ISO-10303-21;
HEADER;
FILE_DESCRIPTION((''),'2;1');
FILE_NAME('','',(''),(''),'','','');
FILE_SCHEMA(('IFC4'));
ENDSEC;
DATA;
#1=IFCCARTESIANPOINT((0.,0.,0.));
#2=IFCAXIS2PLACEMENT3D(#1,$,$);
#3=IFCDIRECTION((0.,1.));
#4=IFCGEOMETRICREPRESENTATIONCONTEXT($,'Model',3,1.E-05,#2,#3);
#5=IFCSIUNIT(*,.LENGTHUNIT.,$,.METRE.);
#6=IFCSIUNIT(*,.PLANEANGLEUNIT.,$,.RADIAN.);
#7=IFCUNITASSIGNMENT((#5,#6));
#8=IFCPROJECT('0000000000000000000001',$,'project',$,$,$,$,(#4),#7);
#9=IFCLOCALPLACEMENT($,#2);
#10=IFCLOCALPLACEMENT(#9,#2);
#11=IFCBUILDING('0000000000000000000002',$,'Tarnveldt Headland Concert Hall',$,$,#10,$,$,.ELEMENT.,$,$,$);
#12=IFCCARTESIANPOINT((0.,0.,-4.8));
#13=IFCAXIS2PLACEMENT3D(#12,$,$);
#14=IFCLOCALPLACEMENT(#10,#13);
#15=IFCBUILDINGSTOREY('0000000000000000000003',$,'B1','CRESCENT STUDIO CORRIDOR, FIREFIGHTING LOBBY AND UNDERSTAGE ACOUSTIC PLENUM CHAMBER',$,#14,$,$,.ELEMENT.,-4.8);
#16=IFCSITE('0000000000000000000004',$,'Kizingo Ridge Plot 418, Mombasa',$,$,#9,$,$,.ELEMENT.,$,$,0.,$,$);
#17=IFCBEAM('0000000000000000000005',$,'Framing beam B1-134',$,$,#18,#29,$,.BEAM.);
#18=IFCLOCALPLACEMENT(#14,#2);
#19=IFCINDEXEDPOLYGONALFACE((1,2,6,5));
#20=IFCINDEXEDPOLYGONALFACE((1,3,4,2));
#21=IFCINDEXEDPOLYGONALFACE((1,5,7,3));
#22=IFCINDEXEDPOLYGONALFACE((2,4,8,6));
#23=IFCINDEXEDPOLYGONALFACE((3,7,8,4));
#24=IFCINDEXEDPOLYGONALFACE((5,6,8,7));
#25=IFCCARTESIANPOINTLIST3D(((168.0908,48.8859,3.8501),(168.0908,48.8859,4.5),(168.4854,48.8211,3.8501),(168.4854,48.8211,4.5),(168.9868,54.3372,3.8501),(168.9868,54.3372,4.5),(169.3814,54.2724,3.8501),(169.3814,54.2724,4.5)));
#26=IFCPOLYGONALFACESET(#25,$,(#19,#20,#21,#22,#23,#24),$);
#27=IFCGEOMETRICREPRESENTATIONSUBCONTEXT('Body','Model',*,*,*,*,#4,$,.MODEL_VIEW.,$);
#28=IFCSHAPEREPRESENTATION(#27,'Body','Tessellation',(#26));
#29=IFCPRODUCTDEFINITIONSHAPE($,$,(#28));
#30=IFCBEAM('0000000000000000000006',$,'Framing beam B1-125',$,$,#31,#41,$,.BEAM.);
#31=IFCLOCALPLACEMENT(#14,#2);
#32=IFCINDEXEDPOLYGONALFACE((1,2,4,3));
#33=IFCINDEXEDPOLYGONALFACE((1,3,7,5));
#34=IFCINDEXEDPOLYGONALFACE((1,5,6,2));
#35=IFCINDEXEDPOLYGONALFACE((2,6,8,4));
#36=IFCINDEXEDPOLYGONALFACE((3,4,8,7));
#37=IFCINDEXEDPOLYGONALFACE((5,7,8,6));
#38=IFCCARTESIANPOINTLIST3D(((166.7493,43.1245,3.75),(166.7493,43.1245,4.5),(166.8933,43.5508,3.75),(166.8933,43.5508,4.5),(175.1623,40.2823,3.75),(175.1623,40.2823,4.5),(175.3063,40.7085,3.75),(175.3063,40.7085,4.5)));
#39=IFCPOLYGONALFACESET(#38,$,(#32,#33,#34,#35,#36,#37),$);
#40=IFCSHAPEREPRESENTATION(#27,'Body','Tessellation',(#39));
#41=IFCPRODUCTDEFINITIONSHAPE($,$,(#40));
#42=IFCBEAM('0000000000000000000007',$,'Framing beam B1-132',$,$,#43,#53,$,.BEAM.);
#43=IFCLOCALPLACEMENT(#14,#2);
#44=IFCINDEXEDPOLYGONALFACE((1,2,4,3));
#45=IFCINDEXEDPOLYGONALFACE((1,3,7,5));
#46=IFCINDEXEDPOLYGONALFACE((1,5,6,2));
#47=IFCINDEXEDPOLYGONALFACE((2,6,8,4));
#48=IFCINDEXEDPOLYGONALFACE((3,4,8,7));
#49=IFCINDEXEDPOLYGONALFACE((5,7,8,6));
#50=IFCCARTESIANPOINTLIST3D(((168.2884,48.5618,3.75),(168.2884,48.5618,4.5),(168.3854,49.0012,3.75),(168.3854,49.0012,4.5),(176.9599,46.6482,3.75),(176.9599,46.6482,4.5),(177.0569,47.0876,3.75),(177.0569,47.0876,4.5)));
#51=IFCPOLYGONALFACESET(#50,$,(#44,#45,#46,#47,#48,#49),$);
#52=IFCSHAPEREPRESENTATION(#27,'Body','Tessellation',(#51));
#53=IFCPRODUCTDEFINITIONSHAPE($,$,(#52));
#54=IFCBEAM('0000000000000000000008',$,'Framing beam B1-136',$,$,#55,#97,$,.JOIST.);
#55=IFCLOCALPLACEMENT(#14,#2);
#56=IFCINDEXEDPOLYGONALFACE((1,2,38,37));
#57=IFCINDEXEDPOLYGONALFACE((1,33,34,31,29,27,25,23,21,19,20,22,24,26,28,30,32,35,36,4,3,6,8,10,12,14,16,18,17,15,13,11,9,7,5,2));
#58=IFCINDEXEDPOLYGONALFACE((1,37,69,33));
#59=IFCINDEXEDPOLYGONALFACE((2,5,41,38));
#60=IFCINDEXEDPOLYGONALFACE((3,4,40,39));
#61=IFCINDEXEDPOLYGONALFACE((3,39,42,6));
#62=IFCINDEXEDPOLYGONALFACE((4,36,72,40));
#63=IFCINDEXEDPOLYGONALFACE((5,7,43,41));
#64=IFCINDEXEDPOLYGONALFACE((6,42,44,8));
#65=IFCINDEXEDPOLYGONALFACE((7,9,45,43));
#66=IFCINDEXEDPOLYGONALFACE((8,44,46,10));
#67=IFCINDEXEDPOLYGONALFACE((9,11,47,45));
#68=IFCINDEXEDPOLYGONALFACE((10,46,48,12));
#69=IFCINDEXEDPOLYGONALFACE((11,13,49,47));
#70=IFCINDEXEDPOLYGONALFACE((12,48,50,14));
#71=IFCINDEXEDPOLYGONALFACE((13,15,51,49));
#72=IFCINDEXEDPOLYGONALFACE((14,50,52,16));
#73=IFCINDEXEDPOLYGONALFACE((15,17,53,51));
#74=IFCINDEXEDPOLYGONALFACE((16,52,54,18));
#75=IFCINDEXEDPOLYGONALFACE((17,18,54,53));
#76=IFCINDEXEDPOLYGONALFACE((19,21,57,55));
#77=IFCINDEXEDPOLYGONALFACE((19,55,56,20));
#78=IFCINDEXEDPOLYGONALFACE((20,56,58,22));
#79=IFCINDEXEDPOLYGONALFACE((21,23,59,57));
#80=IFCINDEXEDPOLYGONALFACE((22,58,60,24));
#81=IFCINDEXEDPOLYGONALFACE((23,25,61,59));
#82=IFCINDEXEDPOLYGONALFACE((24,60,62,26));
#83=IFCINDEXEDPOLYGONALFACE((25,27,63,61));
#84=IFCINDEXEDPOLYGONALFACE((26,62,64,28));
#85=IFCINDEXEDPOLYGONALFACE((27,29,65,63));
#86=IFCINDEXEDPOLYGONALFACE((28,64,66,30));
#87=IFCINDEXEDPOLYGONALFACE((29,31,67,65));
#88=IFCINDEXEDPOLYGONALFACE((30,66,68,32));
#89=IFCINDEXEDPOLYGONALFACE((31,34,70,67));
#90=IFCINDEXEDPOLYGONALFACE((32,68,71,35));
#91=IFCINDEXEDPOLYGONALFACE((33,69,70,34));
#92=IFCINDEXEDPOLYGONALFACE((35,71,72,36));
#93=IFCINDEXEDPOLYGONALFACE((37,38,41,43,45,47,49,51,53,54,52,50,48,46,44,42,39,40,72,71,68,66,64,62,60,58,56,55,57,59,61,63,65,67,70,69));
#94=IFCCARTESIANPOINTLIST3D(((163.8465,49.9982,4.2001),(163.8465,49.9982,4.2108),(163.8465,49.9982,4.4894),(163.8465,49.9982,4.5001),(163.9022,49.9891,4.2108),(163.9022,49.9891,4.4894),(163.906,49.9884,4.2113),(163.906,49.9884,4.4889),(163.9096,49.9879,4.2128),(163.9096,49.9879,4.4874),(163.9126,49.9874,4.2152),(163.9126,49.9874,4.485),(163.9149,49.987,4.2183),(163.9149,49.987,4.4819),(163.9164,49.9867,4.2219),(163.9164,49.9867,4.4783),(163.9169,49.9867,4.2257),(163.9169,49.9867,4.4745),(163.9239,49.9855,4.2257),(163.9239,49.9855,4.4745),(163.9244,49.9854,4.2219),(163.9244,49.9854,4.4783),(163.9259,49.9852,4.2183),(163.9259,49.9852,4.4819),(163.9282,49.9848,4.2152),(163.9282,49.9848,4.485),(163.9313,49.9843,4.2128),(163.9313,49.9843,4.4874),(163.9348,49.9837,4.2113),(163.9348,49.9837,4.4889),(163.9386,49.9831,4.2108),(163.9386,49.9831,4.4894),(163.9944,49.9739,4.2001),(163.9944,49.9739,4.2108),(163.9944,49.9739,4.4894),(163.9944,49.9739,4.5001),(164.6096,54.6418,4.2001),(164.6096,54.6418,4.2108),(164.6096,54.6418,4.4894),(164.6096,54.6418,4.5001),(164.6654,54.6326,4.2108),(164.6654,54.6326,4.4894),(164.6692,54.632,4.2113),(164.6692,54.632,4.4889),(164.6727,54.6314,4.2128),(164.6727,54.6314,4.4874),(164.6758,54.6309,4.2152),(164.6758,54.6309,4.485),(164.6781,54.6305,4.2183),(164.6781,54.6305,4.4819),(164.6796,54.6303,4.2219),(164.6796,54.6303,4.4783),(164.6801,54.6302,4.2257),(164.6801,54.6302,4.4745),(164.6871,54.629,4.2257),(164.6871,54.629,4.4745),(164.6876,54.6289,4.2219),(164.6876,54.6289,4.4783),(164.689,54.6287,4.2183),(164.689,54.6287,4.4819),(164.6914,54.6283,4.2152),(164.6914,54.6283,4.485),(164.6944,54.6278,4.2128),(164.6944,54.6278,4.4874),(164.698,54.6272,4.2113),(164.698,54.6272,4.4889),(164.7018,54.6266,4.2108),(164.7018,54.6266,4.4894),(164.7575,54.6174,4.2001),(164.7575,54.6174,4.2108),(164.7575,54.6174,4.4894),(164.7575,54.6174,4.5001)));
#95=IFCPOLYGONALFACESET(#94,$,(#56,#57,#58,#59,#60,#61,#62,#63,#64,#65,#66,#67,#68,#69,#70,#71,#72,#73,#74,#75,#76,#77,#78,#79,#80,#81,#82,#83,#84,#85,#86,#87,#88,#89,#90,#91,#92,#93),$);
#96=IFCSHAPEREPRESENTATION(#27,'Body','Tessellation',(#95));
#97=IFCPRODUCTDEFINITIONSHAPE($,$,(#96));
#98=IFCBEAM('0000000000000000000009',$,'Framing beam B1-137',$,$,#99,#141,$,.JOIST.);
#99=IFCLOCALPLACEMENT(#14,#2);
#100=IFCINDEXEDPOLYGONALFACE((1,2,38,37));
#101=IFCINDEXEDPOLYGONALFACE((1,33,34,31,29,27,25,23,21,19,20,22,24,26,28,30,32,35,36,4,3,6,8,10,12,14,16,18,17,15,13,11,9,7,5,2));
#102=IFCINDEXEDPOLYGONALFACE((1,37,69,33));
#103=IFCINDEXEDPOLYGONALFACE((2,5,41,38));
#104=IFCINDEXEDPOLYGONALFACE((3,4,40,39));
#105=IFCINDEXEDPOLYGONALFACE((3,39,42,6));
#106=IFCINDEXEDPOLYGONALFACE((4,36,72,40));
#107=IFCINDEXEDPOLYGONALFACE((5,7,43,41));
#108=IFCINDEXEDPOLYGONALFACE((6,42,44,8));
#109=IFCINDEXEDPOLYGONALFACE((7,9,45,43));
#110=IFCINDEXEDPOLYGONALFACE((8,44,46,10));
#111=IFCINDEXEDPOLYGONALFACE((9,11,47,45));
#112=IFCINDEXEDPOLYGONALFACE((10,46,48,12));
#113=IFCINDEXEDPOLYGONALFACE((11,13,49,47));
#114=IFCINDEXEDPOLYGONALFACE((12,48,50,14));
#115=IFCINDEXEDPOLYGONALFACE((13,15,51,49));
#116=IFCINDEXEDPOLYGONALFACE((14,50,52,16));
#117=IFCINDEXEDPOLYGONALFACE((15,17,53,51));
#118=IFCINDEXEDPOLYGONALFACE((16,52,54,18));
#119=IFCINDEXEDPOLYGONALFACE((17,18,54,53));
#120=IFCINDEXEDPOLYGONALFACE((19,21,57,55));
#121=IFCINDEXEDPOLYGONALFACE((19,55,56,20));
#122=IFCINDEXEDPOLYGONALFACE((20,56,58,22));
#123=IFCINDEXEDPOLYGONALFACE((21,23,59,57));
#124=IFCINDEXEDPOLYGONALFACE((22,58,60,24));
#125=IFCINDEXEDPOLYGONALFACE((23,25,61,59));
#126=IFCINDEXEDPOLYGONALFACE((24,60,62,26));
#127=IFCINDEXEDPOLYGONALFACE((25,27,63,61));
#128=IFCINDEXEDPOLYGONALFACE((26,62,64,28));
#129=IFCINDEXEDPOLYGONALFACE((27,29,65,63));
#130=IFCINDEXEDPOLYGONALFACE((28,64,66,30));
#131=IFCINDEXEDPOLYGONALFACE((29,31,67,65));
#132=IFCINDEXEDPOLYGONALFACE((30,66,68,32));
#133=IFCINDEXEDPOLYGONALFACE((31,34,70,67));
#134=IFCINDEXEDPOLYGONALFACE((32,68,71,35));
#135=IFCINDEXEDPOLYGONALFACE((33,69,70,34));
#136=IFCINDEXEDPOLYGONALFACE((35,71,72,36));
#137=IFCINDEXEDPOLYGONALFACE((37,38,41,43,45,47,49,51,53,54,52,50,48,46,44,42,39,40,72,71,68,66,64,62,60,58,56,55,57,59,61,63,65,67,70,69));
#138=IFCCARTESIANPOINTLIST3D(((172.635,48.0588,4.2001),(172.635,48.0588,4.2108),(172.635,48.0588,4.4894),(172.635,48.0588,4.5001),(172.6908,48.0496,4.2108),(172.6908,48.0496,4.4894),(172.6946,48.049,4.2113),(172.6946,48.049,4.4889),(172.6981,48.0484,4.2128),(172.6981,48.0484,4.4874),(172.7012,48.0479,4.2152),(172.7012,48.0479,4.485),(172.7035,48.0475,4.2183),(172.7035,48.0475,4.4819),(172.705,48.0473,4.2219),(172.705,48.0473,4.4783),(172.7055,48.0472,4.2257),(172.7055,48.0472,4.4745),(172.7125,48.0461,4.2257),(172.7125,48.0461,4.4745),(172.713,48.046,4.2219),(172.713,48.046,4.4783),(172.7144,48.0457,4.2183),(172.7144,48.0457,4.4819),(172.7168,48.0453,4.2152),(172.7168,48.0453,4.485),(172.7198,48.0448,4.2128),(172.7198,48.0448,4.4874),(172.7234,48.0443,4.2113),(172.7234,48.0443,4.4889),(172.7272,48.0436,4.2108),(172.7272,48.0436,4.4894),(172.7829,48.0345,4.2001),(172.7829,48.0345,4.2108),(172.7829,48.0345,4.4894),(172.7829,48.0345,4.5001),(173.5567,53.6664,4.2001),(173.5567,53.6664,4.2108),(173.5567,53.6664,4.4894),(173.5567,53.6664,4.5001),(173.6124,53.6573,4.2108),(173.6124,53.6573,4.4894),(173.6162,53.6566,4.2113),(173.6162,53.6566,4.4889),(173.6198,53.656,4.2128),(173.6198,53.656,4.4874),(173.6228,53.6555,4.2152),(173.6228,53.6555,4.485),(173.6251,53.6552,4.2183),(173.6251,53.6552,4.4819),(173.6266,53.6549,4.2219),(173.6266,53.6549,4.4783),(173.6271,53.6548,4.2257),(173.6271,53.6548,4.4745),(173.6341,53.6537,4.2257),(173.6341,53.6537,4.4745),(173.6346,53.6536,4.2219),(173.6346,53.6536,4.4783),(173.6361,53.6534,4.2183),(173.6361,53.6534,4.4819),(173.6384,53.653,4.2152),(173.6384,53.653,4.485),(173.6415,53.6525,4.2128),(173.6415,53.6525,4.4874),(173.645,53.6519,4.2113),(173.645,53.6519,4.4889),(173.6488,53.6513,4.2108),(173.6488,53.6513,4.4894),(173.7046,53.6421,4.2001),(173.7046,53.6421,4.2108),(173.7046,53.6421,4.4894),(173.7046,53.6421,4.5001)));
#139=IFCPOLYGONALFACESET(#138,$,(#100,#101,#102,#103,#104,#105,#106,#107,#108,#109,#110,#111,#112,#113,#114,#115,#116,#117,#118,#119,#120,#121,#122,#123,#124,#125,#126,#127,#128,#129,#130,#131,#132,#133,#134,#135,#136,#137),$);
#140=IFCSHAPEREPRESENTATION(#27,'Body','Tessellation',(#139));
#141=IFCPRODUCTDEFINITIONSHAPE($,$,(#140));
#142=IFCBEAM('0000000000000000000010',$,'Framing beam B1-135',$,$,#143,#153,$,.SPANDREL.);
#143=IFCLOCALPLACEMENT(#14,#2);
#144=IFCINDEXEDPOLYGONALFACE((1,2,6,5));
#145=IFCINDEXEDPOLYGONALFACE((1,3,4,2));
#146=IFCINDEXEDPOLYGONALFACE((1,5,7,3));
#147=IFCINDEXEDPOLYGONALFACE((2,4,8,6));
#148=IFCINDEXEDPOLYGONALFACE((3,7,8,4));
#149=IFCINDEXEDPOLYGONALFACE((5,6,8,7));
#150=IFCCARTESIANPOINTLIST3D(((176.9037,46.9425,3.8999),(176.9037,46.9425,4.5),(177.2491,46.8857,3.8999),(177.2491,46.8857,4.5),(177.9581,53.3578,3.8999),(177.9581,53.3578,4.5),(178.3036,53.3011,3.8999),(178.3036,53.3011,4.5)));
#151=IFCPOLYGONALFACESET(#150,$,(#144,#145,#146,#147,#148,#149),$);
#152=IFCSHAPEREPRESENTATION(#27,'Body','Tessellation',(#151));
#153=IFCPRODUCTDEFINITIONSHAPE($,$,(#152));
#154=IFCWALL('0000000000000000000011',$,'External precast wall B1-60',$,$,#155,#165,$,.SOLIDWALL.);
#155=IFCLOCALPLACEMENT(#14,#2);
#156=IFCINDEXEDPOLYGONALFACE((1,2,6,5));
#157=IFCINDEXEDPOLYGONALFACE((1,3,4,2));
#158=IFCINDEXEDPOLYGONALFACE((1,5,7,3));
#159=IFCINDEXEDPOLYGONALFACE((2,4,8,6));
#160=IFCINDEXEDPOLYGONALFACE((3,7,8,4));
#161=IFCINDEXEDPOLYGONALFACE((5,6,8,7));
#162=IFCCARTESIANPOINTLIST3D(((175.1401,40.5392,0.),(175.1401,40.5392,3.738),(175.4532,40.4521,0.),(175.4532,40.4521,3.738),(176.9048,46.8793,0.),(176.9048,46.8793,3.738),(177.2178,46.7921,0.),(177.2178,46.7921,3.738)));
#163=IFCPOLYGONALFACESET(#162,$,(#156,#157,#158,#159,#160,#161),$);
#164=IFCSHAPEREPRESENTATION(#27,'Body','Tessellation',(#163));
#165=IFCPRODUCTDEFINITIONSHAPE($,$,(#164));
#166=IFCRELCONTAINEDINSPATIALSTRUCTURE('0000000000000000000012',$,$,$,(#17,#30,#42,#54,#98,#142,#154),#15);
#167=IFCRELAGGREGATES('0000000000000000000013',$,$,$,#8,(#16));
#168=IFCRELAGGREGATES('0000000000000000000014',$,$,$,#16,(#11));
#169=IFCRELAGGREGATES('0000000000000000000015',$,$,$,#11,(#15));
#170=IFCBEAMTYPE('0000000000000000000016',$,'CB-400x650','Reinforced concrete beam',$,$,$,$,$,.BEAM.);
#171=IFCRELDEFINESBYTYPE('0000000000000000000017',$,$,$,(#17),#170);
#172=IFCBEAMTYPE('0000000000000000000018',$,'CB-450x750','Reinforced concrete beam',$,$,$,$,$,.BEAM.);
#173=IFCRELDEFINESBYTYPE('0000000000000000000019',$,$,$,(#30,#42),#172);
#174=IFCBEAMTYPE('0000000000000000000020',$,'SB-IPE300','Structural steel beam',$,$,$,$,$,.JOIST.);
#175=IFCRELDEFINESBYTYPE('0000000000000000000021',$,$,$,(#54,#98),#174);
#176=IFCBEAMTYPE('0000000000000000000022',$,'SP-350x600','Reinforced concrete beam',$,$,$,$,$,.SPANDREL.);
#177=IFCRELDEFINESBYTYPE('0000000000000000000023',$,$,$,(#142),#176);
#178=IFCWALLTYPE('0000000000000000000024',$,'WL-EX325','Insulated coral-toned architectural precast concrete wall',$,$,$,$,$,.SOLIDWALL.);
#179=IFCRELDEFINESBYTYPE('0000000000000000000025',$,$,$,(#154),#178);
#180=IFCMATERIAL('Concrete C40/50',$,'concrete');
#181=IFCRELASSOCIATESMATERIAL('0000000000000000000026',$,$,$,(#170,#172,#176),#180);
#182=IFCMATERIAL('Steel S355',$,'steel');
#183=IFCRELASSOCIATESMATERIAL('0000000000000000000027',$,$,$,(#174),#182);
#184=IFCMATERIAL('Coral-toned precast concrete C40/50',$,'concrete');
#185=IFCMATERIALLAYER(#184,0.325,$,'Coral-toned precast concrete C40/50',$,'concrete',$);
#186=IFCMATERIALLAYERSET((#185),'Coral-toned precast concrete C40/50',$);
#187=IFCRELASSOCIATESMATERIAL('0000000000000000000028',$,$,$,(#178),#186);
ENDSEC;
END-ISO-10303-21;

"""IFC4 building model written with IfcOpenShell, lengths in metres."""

from ifc_helpers import new_model, si_unit, direction, frame, frame_2d, origin, origin_2d, place, context, subcontext, project, spatial, rectangle, i_section, extrude, material, layer, layer_set, material_profile, profile_set, type_object, element, save


model = new_model("IFC4")

# Units and contexts
model_context = context("Model", 3, precision=1e-05, world=origin(), true_north=direction((0.0, 1.0)))
body_context = subcontext(model_context, "Body", "Model", "MODEL_VIEW")
ifc_project = project(units=[si_unit("LENGTHUNIT", "METRE"), si_unit("PLANEANGLEUNIT", "RADIAN")], contexts=[model_context])

# Site, building, storey
site_placement = place(None, origin())
site = spatial("IfcSite", under=ifc_project, at=site_placement, Name="Kizingo Ridge Plot 418, Mombasa", CompositionType="ELEMENT", RefElevation=0.0)
building_placement = place(site_placement, origin())
building = spatial("IfcBuilding", under=site, at=building_placement, Name="Tarnveldt Headland Concert Hall", CompositionType="ELEMENT")
storey_placement = place(building_placement, frame((0.0, 0.0, -4.8)))
storey = spatial("IfcBuildingStorey", under=building, at=storey_placement, Name="B1", Description="CRESCENT STUDIO CORRIDOR, FIREFIGHTING LOBBY AND UNDERSTAGE ACOUSTIC PLENUM CHAMBER", CompositionType="ELEMENT", Elevation=-4.8)

# Shared definitions
ifc_material_1 = material(Name="Concrete C40/50", Category="concrete")

# Beams
ifc_material_profile_1 = material_profile(ifc_material_1, rectangle(XDim=0.3999, YDim=0.6499, at=origin_2d()), Name="RC 400x650", Category="concrete")
ifc_profile_set_1 = profile_set([ifc_material_profile_1], Name="Concrete C40/50")
beam_type_1 = type_object("IfcBeamType", Name="CB-400x650", Description="Reinforced concrete beam", PredefinedType="BEAM", material=ifc_profile_set_1)
for number, where, z_axis, x_axis, name in (
    (1, (168.2881, 48.8535, 4.175), (0.162191, 0.986759, 0.0), (-0.986759, 0.162191, 0.0), "Framing beam B1-134"),
):
    element("IfcBeam", number, at=place(storey_placement, frame(where, z_axis=z_axis, x_axis=x_axis)), inside=storey, type_object=beam_type_1, Name=name, PredefinedType="BEAM", context=body_context, shape_type="SweptSolid", body=[
        extrude(rectangle(XDim=0.3999, YDim=0.6499, at=origin_2d()), origin(), (0.0, 0.0, 1.0), 5.5244),
    ])
ifc_material_profile_2 = material_profile(ifc_material_1, rectangle(XDim=0.45, YDim=0.75, at=origin_2d()), Name="RC 450x750", Category="concrete")
ifc_profile_set_2 = profile_set([ifc_material_profile_2], Name="Concrete C40/50")
beam_type_2 = type_object("IfcBeamType", Name="CB-450x750", Description="Reinforced concrete beam", PredefinedType="BEAM", material=ifc_profile_set_2)
for number, where, z_axis, x_axis, name in (
    (2, (166.8213, 43.3376, 4.125), (0.947394, -0.320069, 0.0), (0.320069, 0.947394, 0.0), "Framing beam B1-125"),
    (3, (168.3369, 48.7815, 4.125), (0.976506, -0.215492, 0.0), (0.215492, 0.976506, 0.0), "Framing beam B1-132"),
):
    element("IfcBeam", number, at=place(storey_placement, frame(where, z_axis=z_axis, x_axis=x_axis)), inside=storey, type_object=beam_type_2, Name=name, PredefinedType="BEAM", context=body_context, shape_type="SweptSolid", body=[
        extrude(rectangle(XDim=0.45, YDim=0.75, at=origin_2d()), origin(), (0.0, 0.0, 1.0), 8.8801),
    ])
ifc_material_2 = material(Name="Steel S355", Category="steel")
ifc_material_profile_3 = material_profile(ifc_material_2, i_section(OverallWidth=0.1499, OverallDepth=0.3, WebThickness=0.0071, FlangeThickness=0.0107, FilletRadius=0.0149, at=origin_2d()), Name="IPE300", Category="steel")
ifc_profile_set_3 = profile_set([ifc_material_profile_3], Name="Steel S355")
beam_type_3 = type_object("IfcBeamType", Name="SB-IPE300", Description="Structural steel beam", PredefinedType="JOIST", material=ifc_profile_set_3)
beam_1_placement = place(storey_placement, frame((163.9204, 49.9861, 4.3501), z_axis=(0.162178, 0.986762, 0.0), x_axis=(-0.986762, 0.162178, 0.0)))
element("IfcBeam", 4, at=beam_1_placement, inside=storey, type_object=beam_type_3, Name="Framing beam B1-136", PredefinedType="JOIST", context=body_context, shape_type="SweptSolid", body=[
    extrude(i_section(OverallWidth=0.1499, OverallDepth=0.3, WebThickness=0.0071, FlangeThickness=0.0107, FilletRadius=0.0149, at=origin_2d()), origin(), (0.0, 0.0, 1.0), 4.7058),
])
beam_2_placement = place(storey_placement, frame((172.709, 48.0466, 4.3501), z_axis=(0.162176, 0.986762, 0.0), x_axis=(-0.986762, 0.162176, 0.0)))
element("IfcBeam", 5, at=beam_2_placement, inside=storey, type_object=beam_type_3, Name="Framing beam B1-137", PredefinedType="JOIST", context=body_context, shape_type="SweptSolid", body=[
    extrude(i_section(OverallWidth=0.1499, OverallDepth=0.3, WebThickness=0.0071, FlangeThickness=0.0107, FilletRadius=0.0149, at=origin_2d()), origin(), (0.0, 0.0, 1.0), 5.6829),
])
ifc_material_profile_4 = material_profile(ifc_material_1, rectangle(XDim=0.3501, YDim=0.6001, at=origin_2d()), Name="RC SPANDREL 350x600", Category="concrete")
ifc_profile_set_4 = profile_set([ifc_material_profile_4], Name="Concrete C40/50")
beam_type_4 = type_object("IfcBeamType", Name="SP-350x600", Description="Reinforced concrete beam", PredefinedType="SPANDREL", material=ifc_profile_set_4)
beam_3_placement = place(storey_placement, frame((177.0764, 46.9141, 4.2), z_axis=(0.162188, 0.98676, 0.0), x_axis=(-0.98676, 0.162188, 0.0)))
element("IfcBeam", 6, at=beam_3_placement, inside=storey, type_object=beam_type_4, Name="Framing beam B1-135", PredefinedType="SPANDREL", context=body_context, shape_type="SweptSolid", body=[
    extrude(rectangle(XDim=0.3501, YDim=0.6001, at=origin_2d()), origin(), (0.0, 0.0, 1.0), 6.5015),
])

# Wall
ifc_material_3 = material(Name="Coral-toned precast concrete C40/50", Category="concrete")
ifc_layer_1 = layer(ifc_material_3, 0.325, Name="Coral-toned precast concrete C40/50", Category="concrete")
ifc_layer_set_1 = layer_set([ifc_layer_1], Name="Coral-toned precast concrete C40/50")
wall_type_1 = type_object("IfcWallType", Name="WL-EX325", Description="Insulated coral-toned architectural precast concrete wall", PredefinedType="SOLIDWALL", material=ifc_layer_set_1)
wall_1_placement = place(storey_placement, frame((177.0613, 46.8357, 0.0), z_axis=(0.0, 0.0, 1.0), x_axis=(-0.268139, -0.96338, 0.0)))
element("IfcWall", 7, at=wall_1_placement, inside=storey, type_object=wall_type_1, Name="External precast wall B1-60", PredefinedType="SOLIDWALL", context=body_context, shape_type="SweptSolid", body=[
    extrude(rectangle(XDim=6.5811, YDim=0.325, at=frame_2d((3.2905, 0.0))), origin(), (0.0, 0.0, 1.0), 3.738),
])

save(model, "model.ifc")
